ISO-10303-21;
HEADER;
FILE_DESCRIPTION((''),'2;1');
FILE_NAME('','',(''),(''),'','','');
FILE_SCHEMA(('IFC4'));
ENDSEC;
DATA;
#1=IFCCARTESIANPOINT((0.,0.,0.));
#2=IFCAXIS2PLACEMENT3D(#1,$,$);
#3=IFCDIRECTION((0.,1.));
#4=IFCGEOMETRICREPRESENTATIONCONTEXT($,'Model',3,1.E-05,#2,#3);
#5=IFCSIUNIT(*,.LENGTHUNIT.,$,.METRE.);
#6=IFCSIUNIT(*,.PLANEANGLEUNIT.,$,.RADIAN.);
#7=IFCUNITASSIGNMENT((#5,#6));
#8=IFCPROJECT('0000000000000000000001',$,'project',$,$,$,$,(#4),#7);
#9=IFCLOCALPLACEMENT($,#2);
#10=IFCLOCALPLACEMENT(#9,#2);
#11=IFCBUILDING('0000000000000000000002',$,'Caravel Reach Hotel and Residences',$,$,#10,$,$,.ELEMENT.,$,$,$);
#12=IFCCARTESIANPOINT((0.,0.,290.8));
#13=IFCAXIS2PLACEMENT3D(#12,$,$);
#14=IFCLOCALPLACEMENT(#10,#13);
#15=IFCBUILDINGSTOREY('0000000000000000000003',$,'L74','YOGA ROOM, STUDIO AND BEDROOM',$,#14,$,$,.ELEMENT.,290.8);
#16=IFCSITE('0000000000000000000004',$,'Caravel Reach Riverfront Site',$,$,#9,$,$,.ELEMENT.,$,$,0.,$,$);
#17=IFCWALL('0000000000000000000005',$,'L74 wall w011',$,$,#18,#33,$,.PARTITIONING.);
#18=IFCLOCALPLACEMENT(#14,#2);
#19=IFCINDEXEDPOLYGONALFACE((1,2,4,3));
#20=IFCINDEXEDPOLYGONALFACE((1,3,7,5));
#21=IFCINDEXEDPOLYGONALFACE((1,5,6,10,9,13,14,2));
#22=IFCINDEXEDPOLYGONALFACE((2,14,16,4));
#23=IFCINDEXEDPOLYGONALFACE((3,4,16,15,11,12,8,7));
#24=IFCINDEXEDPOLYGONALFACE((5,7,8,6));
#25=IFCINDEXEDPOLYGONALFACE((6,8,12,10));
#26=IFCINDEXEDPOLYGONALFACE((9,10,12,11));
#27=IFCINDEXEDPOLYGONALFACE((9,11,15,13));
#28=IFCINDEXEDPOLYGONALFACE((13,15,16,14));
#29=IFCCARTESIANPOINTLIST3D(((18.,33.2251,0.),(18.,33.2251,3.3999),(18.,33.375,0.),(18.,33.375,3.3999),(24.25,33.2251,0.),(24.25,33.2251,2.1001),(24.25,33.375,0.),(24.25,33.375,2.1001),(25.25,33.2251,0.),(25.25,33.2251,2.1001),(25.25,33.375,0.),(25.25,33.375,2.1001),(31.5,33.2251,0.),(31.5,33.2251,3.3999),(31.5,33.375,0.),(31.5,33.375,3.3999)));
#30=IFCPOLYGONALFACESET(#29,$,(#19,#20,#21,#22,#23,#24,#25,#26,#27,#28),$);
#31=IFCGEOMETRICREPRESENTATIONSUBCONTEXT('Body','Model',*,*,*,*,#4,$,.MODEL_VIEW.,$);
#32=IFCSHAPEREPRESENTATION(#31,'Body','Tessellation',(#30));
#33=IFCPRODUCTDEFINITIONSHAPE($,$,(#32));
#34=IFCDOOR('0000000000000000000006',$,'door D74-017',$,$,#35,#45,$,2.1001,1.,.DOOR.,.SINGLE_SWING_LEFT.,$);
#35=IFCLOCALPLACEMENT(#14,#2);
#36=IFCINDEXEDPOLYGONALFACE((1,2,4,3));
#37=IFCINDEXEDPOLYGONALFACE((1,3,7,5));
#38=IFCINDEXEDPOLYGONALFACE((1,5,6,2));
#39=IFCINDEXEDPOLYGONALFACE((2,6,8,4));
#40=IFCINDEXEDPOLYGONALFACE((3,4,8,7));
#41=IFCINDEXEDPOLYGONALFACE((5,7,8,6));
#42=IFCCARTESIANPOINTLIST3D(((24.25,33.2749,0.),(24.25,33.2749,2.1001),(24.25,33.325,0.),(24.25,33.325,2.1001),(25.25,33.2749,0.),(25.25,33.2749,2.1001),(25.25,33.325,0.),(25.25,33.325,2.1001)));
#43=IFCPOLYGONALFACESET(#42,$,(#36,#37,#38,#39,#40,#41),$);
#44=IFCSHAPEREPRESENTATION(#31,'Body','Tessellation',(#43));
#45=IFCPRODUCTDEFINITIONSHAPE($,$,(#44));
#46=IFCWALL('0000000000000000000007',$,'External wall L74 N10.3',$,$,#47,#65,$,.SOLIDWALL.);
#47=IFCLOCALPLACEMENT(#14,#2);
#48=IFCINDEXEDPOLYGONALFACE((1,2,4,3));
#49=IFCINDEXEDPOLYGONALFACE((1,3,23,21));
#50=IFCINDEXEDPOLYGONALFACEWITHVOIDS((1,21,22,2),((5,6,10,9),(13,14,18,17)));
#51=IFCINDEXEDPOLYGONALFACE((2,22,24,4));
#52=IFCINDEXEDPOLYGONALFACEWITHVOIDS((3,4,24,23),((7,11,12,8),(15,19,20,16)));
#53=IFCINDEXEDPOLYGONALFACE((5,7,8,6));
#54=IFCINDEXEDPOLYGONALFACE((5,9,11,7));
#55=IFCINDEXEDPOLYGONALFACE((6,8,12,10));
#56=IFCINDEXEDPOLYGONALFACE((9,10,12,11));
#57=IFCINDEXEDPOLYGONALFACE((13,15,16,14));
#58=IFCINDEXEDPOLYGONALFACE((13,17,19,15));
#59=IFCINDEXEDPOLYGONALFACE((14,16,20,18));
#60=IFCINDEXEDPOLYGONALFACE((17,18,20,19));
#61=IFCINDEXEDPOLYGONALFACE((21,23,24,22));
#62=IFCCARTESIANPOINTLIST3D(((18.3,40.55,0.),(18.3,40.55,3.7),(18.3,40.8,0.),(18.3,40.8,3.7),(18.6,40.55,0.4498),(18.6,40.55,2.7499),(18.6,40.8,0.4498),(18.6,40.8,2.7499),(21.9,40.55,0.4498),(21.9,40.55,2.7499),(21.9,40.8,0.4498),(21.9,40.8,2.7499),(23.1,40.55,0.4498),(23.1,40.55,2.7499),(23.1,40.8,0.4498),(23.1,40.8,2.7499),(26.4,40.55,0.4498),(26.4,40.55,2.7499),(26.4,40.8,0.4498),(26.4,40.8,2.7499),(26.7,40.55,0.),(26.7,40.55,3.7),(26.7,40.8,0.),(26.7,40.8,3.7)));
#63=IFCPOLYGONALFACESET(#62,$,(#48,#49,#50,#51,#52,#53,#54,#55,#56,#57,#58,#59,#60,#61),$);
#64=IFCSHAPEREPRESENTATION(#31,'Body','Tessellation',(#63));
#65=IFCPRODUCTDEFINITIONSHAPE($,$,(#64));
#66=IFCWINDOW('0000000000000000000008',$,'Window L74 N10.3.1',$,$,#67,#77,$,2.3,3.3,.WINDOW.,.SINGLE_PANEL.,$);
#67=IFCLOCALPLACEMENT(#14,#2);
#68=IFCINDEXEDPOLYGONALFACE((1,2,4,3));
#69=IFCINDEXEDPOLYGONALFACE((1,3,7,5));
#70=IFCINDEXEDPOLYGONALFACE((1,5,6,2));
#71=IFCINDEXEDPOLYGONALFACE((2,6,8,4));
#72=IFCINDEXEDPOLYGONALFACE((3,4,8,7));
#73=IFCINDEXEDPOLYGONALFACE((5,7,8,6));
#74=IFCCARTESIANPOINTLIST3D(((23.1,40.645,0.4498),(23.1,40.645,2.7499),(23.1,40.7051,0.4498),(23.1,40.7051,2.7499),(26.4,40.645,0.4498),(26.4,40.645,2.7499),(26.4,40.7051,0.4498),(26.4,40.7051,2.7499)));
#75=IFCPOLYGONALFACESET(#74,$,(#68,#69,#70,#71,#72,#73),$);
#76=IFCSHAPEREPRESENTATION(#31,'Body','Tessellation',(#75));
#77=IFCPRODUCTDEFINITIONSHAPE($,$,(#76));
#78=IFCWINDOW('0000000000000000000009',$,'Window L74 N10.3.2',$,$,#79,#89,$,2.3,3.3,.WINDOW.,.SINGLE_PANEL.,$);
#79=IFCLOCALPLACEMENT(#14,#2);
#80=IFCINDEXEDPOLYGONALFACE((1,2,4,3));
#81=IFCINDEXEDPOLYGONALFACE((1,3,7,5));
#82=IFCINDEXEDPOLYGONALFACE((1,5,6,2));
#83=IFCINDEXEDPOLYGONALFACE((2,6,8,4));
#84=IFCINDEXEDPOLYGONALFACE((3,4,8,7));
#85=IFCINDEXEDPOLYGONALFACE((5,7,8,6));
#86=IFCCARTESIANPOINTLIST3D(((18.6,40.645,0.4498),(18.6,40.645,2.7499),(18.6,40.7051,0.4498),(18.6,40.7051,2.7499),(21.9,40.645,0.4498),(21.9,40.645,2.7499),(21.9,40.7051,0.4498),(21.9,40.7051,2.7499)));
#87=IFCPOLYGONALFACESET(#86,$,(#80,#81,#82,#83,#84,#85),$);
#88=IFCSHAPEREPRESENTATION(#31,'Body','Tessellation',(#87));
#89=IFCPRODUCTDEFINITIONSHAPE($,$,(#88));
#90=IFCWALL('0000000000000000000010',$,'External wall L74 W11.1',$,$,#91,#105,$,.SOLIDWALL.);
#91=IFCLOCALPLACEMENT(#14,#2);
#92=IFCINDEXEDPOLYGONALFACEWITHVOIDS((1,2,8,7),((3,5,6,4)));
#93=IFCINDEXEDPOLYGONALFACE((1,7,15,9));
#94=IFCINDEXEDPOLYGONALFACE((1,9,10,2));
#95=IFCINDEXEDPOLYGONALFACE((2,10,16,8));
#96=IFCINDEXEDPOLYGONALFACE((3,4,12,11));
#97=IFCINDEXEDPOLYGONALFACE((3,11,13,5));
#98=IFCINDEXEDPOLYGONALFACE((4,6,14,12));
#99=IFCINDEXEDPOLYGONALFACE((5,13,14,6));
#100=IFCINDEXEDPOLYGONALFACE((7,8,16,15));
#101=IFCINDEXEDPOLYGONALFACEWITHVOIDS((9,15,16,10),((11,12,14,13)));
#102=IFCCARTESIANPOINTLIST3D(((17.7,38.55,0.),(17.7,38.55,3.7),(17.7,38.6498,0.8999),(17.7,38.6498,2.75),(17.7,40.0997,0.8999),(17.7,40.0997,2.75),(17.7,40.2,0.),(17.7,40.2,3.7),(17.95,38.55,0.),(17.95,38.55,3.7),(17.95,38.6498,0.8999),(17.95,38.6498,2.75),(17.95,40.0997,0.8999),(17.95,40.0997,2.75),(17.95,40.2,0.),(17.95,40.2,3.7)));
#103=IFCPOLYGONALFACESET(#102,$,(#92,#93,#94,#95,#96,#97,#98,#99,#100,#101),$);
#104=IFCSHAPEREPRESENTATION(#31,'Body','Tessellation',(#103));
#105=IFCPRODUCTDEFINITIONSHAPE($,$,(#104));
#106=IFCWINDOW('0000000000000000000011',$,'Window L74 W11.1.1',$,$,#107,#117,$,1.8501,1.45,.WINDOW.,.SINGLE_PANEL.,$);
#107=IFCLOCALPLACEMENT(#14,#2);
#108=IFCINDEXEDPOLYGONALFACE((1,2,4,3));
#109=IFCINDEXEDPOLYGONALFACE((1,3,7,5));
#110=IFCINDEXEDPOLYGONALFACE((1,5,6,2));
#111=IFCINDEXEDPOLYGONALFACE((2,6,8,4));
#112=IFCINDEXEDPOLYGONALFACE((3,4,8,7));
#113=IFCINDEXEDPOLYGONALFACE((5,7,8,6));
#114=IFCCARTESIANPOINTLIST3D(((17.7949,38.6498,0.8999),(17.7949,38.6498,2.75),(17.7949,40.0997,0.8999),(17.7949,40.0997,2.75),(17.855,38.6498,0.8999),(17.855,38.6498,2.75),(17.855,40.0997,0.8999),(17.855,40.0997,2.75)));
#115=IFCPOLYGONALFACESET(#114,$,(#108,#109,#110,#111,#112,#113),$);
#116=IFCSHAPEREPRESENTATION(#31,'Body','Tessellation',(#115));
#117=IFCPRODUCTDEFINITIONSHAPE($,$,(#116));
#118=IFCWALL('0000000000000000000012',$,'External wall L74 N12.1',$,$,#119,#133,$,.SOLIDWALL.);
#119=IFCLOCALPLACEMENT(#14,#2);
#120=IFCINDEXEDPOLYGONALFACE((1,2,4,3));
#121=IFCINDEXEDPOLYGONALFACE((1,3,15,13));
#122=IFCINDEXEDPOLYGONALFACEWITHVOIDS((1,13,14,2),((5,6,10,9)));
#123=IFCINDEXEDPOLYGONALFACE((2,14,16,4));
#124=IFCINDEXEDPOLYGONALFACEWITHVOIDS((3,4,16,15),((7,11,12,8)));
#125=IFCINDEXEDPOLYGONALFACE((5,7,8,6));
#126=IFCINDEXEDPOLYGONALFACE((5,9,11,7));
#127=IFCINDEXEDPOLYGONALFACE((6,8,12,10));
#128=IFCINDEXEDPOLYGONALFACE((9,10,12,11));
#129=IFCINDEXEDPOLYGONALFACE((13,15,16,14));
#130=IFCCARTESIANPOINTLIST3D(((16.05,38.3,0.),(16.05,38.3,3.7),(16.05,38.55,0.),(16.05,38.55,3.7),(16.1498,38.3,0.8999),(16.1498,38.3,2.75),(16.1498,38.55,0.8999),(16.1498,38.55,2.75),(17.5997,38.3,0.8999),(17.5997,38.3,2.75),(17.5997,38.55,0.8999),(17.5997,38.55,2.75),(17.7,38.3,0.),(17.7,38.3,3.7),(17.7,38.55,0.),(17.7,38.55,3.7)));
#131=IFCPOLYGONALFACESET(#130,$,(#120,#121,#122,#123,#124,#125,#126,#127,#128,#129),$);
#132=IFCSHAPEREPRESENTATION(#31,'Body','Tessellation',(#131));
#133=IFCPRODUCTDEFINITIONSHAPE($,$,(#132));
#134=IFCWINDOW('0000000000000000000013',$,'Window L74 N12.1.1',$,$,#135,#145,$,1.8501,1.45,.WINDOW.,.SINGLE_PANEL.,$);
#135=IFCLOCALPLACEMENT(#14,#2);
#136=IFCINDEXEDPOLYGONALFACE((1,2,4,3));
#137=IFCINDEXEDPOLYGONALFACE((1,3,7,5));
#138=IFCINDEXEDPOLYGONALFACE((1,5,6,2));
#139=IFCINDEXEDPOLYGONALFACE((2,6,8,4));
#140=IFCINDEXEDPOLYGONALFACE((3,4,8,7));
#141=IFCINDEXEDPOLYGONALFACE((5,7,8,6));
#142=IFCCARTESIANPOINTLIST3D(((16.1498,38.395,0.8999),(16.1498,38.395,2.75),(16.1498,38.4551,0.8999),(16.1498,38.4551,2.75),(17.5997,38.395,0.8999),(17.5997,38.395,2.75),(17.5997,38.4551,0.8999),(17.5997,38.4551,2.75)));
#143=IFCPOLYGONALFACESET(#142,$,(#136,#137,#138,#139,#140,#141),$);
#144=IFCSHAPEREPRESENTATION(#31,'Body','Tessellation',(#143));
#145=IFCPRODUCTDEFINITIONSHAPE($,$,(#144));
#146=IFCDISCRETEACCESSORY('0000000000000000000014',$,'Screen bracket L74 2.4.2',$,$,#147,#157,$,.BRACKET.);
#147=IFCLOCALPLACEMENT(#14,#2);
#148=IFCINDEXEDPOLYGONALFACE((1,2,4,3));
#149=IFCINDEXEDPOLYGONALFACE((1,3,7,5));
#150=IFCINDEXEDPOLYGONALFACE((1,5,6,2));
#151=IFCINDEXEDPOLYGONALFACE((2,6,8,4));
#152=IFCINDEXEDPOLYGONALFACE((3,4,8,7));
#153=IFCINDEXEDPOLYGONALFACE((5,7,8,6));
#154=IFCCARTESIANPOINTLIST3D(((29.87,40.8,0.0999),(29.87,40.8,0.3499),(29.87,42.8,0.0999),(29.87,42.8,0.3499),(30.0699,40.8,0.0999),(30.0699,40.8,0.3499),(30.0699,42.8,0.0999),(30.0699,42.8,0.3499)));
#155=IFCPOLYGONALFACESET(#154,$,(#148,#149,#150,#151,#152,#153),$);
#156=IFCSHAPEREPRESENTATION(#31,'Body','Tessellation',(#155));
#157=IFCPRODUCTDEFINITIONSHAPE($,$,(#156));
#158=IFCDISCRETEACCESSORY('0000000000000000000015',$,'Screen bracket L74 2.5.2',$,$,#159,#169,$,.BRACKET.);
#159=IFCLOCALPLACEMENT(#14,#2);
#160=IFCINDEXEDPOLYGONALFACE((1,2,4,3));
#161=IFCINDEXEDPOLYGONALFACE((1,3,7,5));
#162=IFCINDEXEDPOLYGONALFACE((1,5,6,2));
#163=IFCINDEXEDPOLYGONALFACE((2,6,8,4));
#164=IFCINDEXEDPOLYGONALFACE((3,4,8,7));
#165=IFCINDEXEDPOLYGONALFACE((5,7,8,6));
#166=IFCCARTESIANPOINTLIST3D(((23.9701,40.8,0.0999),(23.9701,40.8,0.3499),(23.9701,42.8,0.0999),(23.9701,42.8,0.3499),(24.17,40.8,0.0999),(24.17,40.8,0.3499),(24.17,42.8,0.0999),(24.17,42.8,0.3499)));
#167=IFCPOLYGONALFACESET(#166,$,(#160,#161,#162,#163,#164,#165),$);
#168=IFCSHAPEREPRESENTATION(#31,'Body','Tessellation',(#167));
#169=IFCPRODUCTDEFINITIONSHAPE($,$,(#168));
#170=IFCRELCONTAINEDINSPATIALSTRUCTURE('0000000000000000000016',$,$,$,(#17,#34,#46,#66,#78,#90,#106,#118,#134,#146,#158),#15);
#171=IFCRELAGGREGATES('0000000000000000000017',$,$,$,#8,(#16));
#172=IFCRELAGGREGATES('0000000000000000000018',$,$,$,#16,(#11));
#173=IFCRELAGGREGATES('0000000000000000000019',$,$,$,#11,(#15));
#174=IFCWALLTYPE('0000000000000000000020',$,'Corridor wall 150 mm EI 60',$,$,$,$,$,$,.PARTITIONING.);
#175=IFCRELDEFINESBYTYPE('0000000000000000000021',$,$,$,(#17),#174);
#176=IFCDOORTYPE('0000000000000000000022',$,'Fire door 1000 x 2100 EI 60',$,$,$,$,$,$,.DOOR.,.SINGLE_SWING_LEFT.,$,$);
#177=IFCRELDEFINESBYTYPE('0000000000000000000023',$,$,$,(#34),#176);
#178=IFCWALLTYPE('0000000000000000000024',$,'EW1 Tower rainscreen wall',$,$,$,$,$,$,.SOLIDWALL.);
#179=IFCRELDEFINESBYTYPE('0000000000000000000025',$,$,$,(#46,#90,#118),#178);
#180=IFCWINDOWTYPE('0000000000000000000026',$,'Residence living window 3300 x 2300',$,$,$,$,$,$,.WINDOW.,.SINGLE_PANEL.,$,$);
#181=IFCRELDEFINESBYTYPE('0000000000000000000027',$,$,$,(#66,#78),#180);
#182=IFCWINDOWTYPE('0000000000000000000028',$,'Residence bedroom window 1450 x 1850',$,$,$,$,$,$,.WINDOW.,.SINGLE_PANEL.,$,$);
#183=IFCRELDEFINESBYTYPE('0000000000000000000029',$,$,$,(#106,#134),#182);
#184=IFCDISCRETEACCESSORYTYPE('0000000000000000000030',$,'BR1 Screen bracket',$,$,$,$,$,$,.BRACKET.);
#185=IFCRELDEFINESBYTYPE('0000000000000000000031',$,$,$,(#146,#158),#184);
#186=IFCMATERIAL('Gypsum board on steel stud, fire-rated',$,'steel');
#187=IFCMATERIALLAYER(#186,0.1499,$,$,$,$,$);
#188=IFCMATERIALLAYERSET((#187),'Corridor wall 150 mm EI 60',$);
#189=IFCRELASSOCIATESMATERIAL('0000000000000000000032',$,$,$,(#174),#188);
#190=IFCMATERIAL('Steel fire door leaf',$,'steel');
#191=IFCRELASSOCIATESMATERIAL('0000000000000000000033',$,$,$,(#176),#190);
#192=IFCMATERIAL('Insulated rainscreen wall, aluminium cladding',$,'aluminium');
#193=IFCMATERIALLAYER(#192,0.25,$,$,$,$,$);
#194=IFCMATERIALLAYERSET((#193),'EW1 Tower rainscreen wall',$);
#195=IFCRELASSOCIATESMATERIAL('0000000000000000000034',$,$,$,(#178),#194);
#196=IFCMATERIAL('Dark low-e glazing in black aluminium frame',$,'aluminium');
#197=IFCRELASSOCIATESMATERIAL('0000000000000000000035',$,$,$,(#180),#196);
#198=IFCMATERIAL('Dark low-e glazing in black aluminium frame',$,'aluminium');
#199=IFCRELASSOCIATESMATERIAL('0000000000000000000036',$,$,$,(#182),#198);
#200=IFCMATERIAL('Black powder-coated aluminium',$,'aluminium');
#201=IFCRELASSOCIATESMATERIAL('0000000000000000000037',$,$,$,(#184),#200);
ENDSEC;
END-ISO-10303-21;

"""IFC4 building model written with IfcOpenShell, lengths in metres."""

from ifc_helpers import new_model, si_unit, direction, frame, frame_2d, origin, origin_2d, place, context, subcontext, project, spatial, rectangle, extrude, material, layer, layer_set, type_object, element, fill, save


model = new_model("IFC4")

# Units and contexts
model_context = context("Model", 3, precision=1e-05, world=origin(), true_north=direction((0.0, 1.0)))
body_context = subcontext(model_context, "Body", "Model", "MODEL_VIEW")
ifc_project = project(units=[si_unit("LENGTHUNIT", "METRE"), si_unit("PLANEANGLEUNIT", "RADIAN")], contexts=[model_context])

# Site, building, storey
site_placement = place(None, origin())
site = spatial("IfcSite", under=ifc_project, at=site_placement, Name="Caravel Reach Riverfront Site", CompositionType="ELEMENT", RefElevation=0.0)
building_placement = place(site_placement, origin())
building = spatial("IfcBuilding", under=site, at=building_placement, Name="Caravel Reach Hotel and Residences", CompositionType="ELEMENT")
storey_placement = place(building_placement, frame((0.0, 0.0, 290.8)))
storey = spatial("IfcBuildingStorey", under=building, at=storey_placement, Name="L74", Description="YOGA ROOM, STUDIO AND BEDROOM", CompositionType="ELEMENT", Elevation=290.8)

# Wall, opening, door
ifc_material_1 = material(Name="Gypsum board on steel stud, fire-rated", Category="steel")
ifc_layer_1 = layer(ifc_material_1, 0.1499)
ifc_layer_set_1 = layer_set([ifc_layer_1], Name="Corridor wall 150 mm EI 60")
wall_type_1 = type_object("IfcWallType", Name="Corridor wall 150 mm EI 60", PredefinedType="PARTITIONING", material=ifc_layer_set_1)
wall_1_placement = place(storey_placement, frame((18.0, 33.3, 0.0), z_axis=(0.0, 0.0, 1.0), x_axis=(1.0, 0.0, 0.0)))
wall_1 = element("IfcWall", 1, at=wall_1_placement, inside=storey, type_object=wall_type_1, Name="L74 wall w011", PredefinedType="PARTITIONING", context=body_context, shape_type="SweptSolid", body=[
    extrude(rectangle(XDim=13.5, YDim=0.1499, at=frame_2d((6.75, 0.0))), origin(), (0.0, 0.0, 1.0), 3.3999),
])
opening_1_placement = place(wall_1_placement, frame((6.25, 0.0, 0.0)))
opening_1 = element("IfcOpeningElement", 2, at=opening_1_placement, cuts=wall_1, PredefinedType="OPENING", context=body_context, shape_type="SweptSolid", body=[
    extrude(rectangle(XDim=1.0, YDim=2.1001, at=frame_2d((0.5, 1.05))), frame((0.0, 0.085, 0.0), z_axis=(0.0, -1.0, 0.0), x_axis=(1.0, 0.0, 0.0)), (0.0, 0.0, 1.0), 0.1699),
])
ifc_material_2 = material(Name="Steel fire door leaf", Category="steel")
door_type = type_object("IfcDoorType", Name="Fire door 1000 x 2100 EI 60", OperationType="SINGLE_SWING_LEFT", PredefinedType="DOOR", material=ifc_material_2)
door_placement = place(opening_1_placement, origin())
door = element("IfcDoor", 3, at=door_placement, inside=storey, type_object=door_type, Name="door D74-017", OperationType="SINGLE_SWING_LEFT", OverallHeight=2.1001, OverallWidth=1.0, PredefinedType="DOOR", context=body_context, shape_type="SweptSolid", body=[
    extrude(rectangle(XDim=1.0, YDim=2.1001, at=frame_2d((0.5, 1.05))), frame((0.0, 0.0249, 0.0), z_axis=(0.0, -1.0, 0.0), x_axis=(1.0, 0.0, 0.0)), (0.0, 0.0, 1.0), 0.05),
])
fill(opening_1, door)

# Wall, openings, windows
ifc_material_3 = material(Name="Insulated rainscreen wall, aluminium cladding", Category="aluminium")
ifc_layer_2 = layer(ifc_material_3, 0.25)
ifc_layer_set_2 = layer_set([ifc_layer_2], Name="EW1 Tower rainscreen wall")
wall_type_2 = type_object("IfcWallType", Name="EW1 Tower rainscreen wall", PredefinedType="SOLIDWALL", material=ifc_layer_set_2)
wall_2_placement = place(storey_placement, frame((26.7, 40.675, 0.0), z_axis=(0.0, 0.0, 1.0), x_axis=(-1.0, 0.0, 0.0)))
wall_2 = element("IfcWall", 4, at=wall_2_placement, inside=storey, type_object=wall_type_2, Name="External wall L74 N10.3", PredefinedType="SOLIDWALL", context=body_context, shape_type="SweptSolid", body=[
    extrude(rectangle(XDim=8.3999, YDim=0.25, at=frame_2d((4.2, 0.0))), origin(), (0.0, 0.0, 1.0), 3.7),
])
opening_2_placement = place(wall_2_placement, frame((0.3, 0.0, 0.45)))
opening_2 = element("IfcOpeningElement", 5, at=opening_2_placement, cuts=wall_2, PredefinedType="OPENING", context=body_context, shape_type="SweptSolid", body=[
    extrude(rectangle(XDim=3.3, YDim=2.3, at=frame_2d((1.6499, 1.1499))), frame((0.0, 0.135, 0.0), z_axis=(0.0, -1.0, 0.0), x_axis=(1.0, 0.0, 0.0)), (0.0, 0.0, 1.0), 0.27),
])
opening_3_placement = place(wall_2_placement, frame((4.8, 0.0, 0.45)))
opening_3 = element("IfcOpeningElement", 6, at=opening_3_placement, cuts=wall_2, PredefinedType="OPENING", context=body_context, shape_type="SweptSolid", body=[
    extrude(rectangle(XDim=3.3, YDim=2.3, at=frame_2d((1.6499, 1.1499))), frame((0.0, 0.135, 0.0), z_axis=(0.0, -1.0, 0.0), x_axis=(1.0, 0.0, 0.0)), (0.0, 0.0, 1.0), 0.27),
])
ifc_material_4 = material(Name="Dark low-e glazing in black aluminium frame", Category="aluminium")
window_type_1 = type_object("IfcWindowType", Name="Residence living window 3300 x 2300", PartitioningType="SINGLE_PANEL", PredefinedType="WINDOW", material=ifc_material_4)
window_1_placement = place(opening_2_placement, origin())
window_1 = element("IfcWindow", 7, at=window_1_placement, inside=storey, type_object=window_type_1, Name="Window L74 N10.3.1", OverallHeight=2.3, OverallWidth=3.3, PartitioningType="SINGLE_PANEL", PredefinedType="WINDOW", context=body_context, shape_type="SweptSolid", body=[
    extrude(rectangle(XDim=3.3, YDim=2.3, at=frame_2d((1.6499, 1.1499))), frame((0.0, 0.03, 0.0), z_axis=(0.0, -1.0, 0.0), x_axis=(1.0, 0.0, 0.0)), (0.0, 0.0, 1.0), 0.0601),
])
fill(opening_2, window_1)
window_2_placement = place(opening_3_placement, origin())
window_2 = element("IfcWindow", 8, at=window_2_placement, inside=storey, type_object=window_type_1, Name="Window L74 N10.3.2", OverallHeight=2.3, OverallWidth=3.3, PartitioningType="SINGLE_PANEL", PredefinedType="WINDOW", context=body_context, shape_type="SweptSolid", body=[
    extrude(rectangle(XDim=3.3, YDim=2.3, at=frame_2d((1.6499, 1.1499))), frame((0.0, 0.03, 0.0), z_axis=(0.0, -1.0, 0.0), x_axis=(1.0, 0.0, 0.0)), (0.0, 0.0, 1.0), 0.0601),
])
fill(opening_3, window_2)

# Walls, openings, windows
wall_3_placement = place(storey_placement, frame((17.825, 40.2, 0.0), z_axis=(0.0, 0.0, 1.0), x_axis=(0.0, -1.0, 0.0)))
wall_3 = element("IfcWall", 9, at=wall_3_placement, inside=storey, type_object=wall_type_2, Name="External wall L74 W11.1", PredefinedType="SOLIDWALL", context=body_context, shape_type="SweptSolid", body=[
    extrude(rectangle(XDim=1.6499, YDim=0.25, at=frame_2d((0.825, 0.0))), origin(), (0.0, 0.0, 1.0), 3.7),
])
opening_4_placement = place(wall_3_placement, frame((0.1001, 0.0, 0.8999)))
opening_4 = element("IfcOpeningElement", 10, at=opening_4_placement, cuts=wall_3, PredefinedType="OPENING", context=body_context, shape_type="SweptSolid", body=[
    extrude(rectangle(XDim=1.45, YDim=1.8501, at=frame_2d((0.7251, 0.925))), frame((0.0, 0.135, 0.0), z_axis=(0.0, -1.0, 0.0), x_axis=(1.0, 0.0, 0.0)), (0.0, 0.0, 1.0), 0.27),
])
ifc_material_5 = material(Name="Dark low-e glazing in black aluminium frame", Category="aluminium")
window_type_2 = type_object("IfcWindowType", Name="Residence bedroom window 1450 x 1850", PartitioningType="SINGLE_PANEL", PredefinedType="WINDOW", material=ifc_material_5)
window_3_placement = place(opening_4_placement, origin())
window_3 = element("IfcWindow", 11, at=window_3_placement, inside=storey, type_object=window_type_2, Name="Window L74 W11.1.1", OverallHeight=1.8501, OverallWidth=1.45, PartitioningType="SINGLE_PANEL", PredefinedType="WINDOW", context=body_context, shape_type="SweptSolid", body=[
    extrude(rectangle(XDim=1.45, YDim=1.8501, at=frame_2d((0.7251, 0.925))), frame((0.0, 0.03, 0.0), z_axis=(0.0, -1.0, 0.0), x_axis=(1.0, 0.0, 0.0)), (0.0, 0.0, 1.0), 0.0601),
])
fill(opening_4, window_3)
wall_4_placement = place(storey_placement, frame((17.7, 38.425, 0.0), z_axis=(0.0, 0.0, 1.0), x_axis=(-1.0, 0.0, 0.0)))
wall_4 = element("IfcWall", 12, at=wall_4_placement, inside=storey, type_object=wall_type_2, Name="External wall L74 N12.1", PredefinedType="SOLIDWALL", context=body_context, shape_type="SweptSolid", body=[
    extrude(rectangle(XDim=1.6499, YDim=0.25, at=frame_2d((0.825, 0.0))), origin(), (0.0, 0.0, 1.0), 3.7),
])
opening_5_placement = place(wall_4_placement, frame((0.1001, 0.0, 0.8999)))
opening_5 = element("IfcOpeningElement", 13, at=opening_5_placement, cuts=wall_4, PredefinedType="OPENING", context=body_context, shape_type="SweptSolid", body=[
    extrude(rectangle(XDim=1.45, YDim=1.8501, at=frame_2d((0.7251, 0.925))), frame((0.0, 0.135, 0.0), z_axis=(0.0, -1.0, 0.0), x_axis=(1.0, 0.0, 0.0)), (0.0, 0.0, 1.0), 0.27),
])
window_4_placement = place(opening_5_placement, origin())
window_4 = element("IfcWindow", 14, at=window_4_placement, inside=storey, type_object=window_type_2, Name="Window L74 N12.1.1", OverallHeight=1.8501, OverallWidth=1.45, PartitioningType="SINGLE_PANEL", PredefinedType="WINDOW", context=body_context, shape_type="SweptSolid", body=[
    extrude(rectangle(XDim=1.45, YDim=1.8501, at=frame_2d((0.7251, 0.925))), frame((0.0, 0.03, 0.0), z_axis=(0.0, -1.0, 0.0), x_axis=(1.0, 0.0, 0.0)), (0.0, 0.0, 1.0), 0.0601),
])
fill(opening_5, window_4)

# Discrete accessories
ifc_material_6 = material(Name="Black powder-coated aluminium", Category="aluminium")
discrete_accessory_type = type_object("IfcDiscreteAccessoryType", Name="BR1 Screen bracket", PredefinedType="BRACKET", material=ifc_material_6)
for number, where, z_axis, x_axis, name in (
    (15, (29.97, 41.8, 0.0999), (0.0, 0.0, 1.0), (0.0, 1.0, 0.0), "Screen bracket L74 2.4.2"),
    (16, (24.0701, 41.8, 0.0999), (0.0, 0.0, 1.0), (0.0, 1.0, 0.0), "Screen bracket L74 2.5.2"),
):
    element("IfcDiscreteAccessory", number, at=place(storey_placement, frame(where, z_axis=z_axis, x_axis=x_axis)), inside=storey, type_object=discrete_accessory_type, Name=name, PredefinedType="BRACKET", context=body_context, shape_type="SweptSolid", body=[
        extrude(rectangle(XDim=2.0, YDim=0.2, at=origin_2d()), origin(), (0.0, 0.0, 1.0), 0.25),
    ])

save(model, "model.ifc")
